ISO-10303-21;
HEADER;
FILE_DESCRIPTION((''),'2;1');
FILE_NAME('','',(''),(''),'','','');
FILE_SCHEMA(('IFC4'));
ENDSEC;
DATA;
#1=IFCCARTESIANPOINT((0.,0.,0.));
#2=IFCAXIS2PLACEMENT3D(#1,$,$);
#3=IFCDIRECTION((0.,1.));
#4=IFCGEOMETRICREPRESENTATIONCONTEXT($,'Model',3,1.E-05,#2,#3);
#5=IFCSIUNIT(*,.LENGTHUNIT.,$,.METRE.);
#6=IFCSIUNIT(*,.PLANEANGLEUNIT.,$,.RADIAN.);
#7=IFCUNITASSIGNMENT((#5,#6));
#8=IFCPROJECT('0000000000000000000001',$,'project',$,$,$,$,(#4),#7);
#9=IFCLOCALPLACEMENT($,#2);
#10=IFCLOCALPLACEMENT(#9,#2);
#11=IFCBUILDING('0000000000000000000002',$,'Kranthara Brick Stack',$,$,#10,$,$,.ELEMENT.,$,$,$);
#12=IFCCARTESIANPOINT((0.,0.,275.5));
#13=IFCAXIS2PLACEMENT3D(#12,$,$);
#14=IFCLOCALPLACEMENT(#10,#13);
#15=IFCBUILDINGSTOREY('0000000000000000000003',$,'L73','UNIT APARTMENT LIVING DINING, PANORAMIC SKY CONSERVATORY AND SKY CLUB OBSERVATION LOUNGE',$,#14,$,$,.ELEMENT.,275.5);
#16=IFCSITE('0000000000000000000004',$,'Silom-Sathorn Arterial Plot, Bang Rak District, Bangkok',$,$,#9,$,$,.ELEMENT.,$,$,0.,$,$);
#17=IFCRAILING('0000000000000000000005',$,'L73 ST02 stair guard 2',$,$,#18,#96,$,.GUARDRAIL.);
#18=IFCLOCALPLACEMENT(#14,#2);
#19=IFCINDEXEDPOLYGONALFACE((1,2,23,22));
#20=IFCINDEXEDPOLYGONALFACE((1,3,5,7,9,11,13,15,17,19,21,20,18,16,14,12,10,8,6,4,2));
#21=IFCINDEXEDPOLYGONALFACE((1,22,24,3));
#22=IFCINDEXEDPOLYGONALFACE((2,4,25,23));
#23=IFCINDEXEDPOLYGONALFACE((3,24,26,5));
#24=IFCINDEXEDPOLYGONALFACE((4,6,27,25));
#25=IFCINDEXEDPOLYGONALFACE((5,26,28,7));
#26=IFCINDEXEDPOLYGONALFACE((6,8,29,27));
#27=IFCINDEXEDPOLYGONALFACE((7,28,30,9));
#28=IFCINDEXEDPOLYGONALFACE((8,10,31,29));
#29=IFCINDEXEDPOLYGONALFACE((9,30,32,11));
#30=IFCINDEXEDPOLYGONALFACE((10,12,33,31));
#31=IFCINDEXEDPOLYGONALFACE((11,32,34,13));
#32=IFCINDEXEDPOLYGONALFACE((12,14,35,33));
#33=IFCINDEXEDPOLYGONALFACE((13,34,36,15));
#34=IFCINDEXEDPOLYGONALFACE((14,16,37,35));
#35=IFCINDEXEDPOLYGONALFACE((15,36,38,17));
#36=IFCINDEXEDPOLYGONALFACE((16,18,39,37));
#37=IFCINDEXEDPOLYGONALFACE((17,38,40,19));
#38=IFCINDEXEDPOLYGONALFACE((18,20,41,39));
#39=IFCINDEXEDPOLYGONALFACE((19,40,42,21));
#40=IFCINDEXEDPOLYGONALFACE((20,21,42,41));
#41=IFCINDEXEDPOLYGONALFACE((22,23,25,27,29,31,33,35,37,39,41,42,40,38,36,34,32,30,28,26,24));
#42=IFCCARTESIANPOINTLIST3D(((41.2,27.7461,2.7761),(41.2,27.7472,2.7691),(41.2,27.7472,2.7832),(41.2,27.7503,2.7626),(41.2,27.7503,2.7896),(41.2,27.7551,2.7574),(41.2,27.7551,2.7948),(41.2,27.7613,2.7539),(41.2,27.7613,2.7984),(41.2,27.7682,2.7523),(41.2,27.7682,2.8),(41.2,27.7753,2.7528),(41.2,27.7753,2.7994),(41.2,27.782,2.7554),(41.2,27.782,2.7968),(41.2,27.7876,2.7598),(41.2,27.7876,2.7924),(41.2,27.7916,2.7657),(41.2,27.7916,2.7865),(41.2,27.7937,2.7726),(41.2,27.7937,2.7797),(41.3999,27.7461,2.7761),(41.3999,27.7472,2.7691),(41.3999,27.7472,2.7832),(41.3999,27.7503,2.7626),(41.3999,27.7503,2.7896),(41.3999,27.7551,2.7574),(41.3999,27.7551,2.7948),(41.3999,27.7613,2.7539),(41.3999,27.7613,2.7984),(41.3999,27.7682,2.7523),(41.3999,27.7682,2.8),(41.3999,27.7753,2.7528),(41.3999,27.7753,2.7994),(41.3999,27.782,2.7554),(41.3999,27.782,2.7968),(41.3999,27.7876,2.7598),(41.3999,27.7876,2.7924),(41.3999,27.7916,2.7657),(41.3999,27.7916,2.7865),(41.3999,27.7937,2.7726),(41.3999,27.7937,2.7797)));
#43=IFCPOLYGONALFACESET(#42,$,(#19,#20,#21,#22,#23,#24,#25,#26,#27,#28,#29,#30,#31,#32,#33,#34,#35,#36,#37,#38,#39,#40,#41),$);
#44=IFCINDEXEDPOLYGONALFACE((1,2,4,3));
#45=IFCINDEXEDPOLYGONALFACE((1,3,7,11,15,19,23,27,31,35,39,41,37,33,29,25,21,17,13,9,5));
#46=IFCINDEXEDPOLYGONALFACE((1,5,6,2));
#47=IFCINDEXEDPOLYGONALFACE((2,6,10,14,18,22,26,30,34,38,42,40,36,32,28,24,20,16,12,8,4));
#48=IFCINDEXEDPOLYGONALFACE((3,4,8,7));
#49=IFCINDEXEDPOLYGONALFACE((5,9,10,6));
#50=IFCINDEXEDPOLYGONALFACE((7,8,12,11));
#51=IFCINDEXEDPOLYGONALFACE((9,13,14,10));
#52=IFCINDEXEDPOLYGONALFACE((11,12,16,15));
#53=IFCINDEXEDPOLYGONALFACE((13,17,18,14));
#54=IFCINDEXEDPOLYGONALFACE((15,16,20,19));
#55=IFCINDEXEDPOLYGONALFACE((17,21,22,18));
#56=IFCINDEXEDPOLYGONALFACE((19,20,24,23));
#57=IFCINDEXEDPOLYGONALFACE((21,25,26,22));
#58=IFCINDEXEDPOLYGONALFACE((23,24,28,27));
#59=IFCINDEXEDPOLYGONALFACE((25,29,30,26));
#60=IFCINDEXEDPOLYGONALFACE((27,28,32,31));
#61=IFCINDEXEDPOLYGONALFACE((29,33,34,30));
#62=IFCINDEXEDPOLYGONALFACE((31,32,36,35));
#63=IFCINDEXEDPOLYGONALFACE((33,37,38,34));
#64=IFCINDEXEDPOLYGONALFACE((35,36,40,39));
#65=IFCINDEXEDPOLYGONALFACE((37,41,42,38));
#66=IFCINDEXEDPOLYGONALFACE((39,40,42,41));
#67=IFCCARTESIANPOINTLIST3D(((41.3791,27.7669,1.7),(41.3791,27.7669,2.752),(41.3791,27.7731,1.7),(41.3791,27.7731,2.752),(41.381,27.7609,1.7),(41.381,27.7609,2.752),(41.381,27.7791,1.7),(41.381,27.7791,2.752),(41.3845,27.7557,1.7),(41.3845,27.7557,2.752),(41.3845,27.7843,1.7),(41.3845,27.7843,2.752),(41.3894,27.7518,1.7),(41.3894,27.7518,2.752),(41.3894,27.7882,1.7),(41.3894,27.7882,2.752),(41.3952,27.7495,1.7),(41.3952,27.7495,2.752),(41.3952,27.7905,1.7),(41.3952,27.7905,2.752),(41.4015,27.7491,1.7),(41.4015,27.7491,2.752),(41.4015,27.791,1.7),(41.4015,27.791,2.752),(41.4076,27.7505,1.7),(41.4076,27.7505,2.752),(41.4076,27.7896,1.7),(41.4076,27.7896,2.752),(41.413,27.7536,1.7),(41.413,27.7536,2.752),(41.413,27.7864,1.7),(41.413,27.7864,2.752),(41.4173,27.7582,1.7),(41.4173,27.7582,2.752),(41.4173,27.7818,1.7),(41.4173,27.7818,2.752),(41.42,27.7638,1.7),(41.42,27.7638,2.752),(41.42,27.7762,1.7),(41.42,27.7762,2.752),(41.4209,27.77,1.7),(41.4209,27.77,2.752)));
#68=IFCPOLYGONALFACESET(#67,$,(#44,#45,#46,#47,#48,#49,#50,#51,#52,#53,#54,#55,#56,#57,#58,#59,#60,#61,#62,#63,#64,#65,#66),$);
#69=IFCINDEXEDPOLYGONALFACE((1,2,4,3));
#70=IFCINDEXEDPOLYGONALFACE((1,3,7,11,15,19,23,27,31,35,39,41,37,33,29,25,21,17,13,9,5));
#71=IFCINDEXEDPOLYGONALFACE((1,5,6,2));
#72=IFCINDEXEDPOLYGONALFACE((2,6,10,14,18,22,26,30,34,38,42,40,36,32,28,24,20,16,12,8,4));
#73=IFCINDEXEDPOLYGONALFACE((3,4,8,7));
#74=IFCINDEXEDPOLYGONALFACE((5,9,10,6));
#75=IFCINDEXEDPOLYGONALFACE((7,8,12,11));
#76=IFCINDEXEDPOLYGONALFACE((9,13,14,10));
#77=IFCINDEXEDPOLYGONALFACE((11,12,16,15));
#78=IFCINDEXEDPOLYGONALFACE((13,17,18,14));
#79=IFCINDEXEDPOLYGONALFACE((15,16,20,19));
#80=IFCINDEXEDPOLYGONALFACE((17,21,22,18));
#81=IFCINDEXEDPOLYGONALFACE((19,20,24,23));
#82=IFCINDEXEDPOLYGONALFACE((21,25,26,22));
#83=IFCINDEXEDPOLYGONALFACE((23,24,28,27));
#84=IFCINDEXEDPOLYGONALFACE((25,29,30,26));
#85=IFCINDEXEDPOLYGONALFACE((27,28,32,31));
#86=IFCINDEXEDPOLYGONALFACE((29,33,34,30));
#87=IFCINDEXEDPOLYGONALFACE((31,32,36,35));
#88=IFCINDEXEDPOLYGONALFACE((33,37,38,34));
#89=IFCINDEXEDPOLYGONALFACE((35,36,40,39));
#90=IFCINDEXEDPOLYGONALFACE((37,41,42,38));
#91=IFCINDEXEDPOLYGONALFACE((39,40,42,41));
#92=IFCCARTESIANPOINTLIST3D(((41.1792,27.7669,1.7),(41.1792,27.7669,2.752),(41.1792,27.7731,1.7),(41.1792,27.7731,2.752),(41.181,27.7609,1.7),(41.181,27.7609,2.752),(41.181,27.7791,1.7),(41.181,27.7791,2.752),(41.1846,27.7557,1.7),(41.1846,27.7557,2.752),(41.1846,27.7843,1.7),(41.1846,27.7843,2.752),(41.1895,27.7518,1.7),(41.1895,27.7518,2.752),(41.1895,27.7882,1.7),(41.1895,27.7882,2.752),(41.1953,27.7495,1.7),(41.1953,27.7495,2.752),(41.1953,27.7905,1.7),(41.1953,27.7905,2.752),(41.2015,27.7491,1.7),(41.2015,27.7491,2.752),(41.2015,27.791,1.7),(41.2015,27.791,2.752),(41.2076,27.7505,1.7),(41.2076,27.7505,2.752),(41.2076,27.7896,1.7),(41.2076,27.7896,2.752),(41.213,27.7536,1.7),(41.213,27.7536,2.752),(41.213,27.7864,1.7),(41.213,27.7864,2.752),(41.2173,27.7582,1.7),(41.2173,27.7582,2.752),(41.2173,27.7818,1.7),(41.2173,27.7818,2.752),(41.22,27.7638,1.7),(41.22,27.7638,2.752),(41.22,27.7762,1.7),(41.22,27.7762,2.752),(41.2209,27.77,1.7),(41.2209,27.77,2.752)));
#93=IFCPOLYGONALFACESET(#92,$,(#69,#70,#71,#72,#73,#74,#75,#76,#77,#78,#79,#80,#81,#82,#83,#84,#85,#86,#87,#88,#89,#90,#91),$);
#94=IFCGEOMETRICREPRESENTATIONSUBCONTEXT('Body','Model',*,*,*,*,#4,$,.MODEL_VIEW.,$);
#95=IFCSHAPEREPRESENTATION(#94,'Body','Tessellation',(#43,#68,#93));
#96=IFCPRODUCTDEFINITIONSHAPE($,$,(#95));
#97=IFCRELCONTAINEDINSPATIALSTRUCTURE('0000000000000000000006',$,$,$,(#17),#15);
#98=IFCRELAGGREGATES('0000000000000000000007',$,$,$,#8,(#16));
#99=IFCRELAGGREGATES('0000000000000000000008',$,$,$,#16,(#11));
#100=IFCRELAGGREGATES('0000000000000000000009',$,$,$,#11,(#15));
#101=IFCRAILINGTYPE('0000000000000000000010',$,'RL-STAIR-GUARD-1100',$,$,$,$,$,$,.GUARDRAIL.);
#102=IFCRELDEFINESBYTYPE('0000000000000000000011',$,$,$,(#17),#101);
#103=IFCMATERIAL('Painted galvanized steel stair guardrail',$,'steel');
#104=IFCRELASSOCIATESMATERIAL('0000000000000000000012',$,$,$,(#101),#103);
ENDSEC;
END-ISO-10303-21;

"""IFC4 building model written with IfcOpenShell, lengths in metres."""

from ifc_helpers import new_model, si_unit, direction, frame, origin, origin_2d, place, context, subcontext, project, spatial, circle, extrude, material, type_object, element, save


model = new_model("IFC4")

# Units and contexts
model_context = context("Model", 3, precision=1e-05, world=origin(), true_north=direction((0.0, 1.0)))
body_context = subcontext(model_context, "Body", "Model", "MODEL_VIEW")
ifc_project = project(units=[si_unit("LENGTHUNIT", "METRE"), si_unit("PLANEANGLEUNIT", "RADIAN")], contexts=[model_context])

# Site, building, storey
site_placement = place(None, origin())
site = spatial("IfcSite", under=ifc_project, at=site_placement, Name="Silom-Sathorn Arterial Plot, Bang Rak District, Bangkok", CompositionType="ELEMENT", RefElevation=0.0)
building_placement = place(site_placement, origin())
building = spatial("IfcBuilding", under=site, at=building_placement, Name="Kranthara Brick Stack", CompositionType="ELEMENT")
storey_placement = place(building_placement, frame((0.0, 0.0, 275.5)))
storey = spatial("IfcBuildingStorey", under=building, at=storey_placement, Name="L73", Description="UNIT APARTMENT LIVING DINING, PANORAMIC SKY CONSERVATORY AND SKY CLUB OBSERVATION LOUNGE", CompositionType="ELEMENT", Elevation=275.5)

# Railing
ifc_material_1 = material(Name="Painted galvanized steel stair guardrail", Category="steel")
railing_type_1 = type_object("IfcRailingType", Name="RL-STAIR-GUARD-1100", PredefinedType="GUARDRAIL", material=ifc_material_1)
railing_1_placement = place(storey_placement, frame((41.3999, 27.77, 1.7)))
element("IfcRailing", 1, at=railing_1_placement, inside=storey, type_object=railing_type_1, Name="L73 ST02 stair guard 2", PredefinedType="GUARDRAIL", context=body_context, shape_type="SweptSolid", body=[
    extrude(circle(Radius=0.0239, at=origin_2d()), frame((0.0, 0.0, 1.0762), z_axis=(-1.0, 0.0, 0.0), x_axis=(0.0, -1.0, 0.0)), (0.0, 0.0, 1.0), 0.2),
    extrude(circle(Radius=0.021, at=origin_2d()), origin(), (0.0, 0.0, 1.0), 1.052),
    extrude(circle(Radius=0.021, at=origin_2d()), frame((-0.2, 0.0, 0.0)), (0.0, 0.0, 1.0), 1.052),
])

save(model, "model.ifc")
